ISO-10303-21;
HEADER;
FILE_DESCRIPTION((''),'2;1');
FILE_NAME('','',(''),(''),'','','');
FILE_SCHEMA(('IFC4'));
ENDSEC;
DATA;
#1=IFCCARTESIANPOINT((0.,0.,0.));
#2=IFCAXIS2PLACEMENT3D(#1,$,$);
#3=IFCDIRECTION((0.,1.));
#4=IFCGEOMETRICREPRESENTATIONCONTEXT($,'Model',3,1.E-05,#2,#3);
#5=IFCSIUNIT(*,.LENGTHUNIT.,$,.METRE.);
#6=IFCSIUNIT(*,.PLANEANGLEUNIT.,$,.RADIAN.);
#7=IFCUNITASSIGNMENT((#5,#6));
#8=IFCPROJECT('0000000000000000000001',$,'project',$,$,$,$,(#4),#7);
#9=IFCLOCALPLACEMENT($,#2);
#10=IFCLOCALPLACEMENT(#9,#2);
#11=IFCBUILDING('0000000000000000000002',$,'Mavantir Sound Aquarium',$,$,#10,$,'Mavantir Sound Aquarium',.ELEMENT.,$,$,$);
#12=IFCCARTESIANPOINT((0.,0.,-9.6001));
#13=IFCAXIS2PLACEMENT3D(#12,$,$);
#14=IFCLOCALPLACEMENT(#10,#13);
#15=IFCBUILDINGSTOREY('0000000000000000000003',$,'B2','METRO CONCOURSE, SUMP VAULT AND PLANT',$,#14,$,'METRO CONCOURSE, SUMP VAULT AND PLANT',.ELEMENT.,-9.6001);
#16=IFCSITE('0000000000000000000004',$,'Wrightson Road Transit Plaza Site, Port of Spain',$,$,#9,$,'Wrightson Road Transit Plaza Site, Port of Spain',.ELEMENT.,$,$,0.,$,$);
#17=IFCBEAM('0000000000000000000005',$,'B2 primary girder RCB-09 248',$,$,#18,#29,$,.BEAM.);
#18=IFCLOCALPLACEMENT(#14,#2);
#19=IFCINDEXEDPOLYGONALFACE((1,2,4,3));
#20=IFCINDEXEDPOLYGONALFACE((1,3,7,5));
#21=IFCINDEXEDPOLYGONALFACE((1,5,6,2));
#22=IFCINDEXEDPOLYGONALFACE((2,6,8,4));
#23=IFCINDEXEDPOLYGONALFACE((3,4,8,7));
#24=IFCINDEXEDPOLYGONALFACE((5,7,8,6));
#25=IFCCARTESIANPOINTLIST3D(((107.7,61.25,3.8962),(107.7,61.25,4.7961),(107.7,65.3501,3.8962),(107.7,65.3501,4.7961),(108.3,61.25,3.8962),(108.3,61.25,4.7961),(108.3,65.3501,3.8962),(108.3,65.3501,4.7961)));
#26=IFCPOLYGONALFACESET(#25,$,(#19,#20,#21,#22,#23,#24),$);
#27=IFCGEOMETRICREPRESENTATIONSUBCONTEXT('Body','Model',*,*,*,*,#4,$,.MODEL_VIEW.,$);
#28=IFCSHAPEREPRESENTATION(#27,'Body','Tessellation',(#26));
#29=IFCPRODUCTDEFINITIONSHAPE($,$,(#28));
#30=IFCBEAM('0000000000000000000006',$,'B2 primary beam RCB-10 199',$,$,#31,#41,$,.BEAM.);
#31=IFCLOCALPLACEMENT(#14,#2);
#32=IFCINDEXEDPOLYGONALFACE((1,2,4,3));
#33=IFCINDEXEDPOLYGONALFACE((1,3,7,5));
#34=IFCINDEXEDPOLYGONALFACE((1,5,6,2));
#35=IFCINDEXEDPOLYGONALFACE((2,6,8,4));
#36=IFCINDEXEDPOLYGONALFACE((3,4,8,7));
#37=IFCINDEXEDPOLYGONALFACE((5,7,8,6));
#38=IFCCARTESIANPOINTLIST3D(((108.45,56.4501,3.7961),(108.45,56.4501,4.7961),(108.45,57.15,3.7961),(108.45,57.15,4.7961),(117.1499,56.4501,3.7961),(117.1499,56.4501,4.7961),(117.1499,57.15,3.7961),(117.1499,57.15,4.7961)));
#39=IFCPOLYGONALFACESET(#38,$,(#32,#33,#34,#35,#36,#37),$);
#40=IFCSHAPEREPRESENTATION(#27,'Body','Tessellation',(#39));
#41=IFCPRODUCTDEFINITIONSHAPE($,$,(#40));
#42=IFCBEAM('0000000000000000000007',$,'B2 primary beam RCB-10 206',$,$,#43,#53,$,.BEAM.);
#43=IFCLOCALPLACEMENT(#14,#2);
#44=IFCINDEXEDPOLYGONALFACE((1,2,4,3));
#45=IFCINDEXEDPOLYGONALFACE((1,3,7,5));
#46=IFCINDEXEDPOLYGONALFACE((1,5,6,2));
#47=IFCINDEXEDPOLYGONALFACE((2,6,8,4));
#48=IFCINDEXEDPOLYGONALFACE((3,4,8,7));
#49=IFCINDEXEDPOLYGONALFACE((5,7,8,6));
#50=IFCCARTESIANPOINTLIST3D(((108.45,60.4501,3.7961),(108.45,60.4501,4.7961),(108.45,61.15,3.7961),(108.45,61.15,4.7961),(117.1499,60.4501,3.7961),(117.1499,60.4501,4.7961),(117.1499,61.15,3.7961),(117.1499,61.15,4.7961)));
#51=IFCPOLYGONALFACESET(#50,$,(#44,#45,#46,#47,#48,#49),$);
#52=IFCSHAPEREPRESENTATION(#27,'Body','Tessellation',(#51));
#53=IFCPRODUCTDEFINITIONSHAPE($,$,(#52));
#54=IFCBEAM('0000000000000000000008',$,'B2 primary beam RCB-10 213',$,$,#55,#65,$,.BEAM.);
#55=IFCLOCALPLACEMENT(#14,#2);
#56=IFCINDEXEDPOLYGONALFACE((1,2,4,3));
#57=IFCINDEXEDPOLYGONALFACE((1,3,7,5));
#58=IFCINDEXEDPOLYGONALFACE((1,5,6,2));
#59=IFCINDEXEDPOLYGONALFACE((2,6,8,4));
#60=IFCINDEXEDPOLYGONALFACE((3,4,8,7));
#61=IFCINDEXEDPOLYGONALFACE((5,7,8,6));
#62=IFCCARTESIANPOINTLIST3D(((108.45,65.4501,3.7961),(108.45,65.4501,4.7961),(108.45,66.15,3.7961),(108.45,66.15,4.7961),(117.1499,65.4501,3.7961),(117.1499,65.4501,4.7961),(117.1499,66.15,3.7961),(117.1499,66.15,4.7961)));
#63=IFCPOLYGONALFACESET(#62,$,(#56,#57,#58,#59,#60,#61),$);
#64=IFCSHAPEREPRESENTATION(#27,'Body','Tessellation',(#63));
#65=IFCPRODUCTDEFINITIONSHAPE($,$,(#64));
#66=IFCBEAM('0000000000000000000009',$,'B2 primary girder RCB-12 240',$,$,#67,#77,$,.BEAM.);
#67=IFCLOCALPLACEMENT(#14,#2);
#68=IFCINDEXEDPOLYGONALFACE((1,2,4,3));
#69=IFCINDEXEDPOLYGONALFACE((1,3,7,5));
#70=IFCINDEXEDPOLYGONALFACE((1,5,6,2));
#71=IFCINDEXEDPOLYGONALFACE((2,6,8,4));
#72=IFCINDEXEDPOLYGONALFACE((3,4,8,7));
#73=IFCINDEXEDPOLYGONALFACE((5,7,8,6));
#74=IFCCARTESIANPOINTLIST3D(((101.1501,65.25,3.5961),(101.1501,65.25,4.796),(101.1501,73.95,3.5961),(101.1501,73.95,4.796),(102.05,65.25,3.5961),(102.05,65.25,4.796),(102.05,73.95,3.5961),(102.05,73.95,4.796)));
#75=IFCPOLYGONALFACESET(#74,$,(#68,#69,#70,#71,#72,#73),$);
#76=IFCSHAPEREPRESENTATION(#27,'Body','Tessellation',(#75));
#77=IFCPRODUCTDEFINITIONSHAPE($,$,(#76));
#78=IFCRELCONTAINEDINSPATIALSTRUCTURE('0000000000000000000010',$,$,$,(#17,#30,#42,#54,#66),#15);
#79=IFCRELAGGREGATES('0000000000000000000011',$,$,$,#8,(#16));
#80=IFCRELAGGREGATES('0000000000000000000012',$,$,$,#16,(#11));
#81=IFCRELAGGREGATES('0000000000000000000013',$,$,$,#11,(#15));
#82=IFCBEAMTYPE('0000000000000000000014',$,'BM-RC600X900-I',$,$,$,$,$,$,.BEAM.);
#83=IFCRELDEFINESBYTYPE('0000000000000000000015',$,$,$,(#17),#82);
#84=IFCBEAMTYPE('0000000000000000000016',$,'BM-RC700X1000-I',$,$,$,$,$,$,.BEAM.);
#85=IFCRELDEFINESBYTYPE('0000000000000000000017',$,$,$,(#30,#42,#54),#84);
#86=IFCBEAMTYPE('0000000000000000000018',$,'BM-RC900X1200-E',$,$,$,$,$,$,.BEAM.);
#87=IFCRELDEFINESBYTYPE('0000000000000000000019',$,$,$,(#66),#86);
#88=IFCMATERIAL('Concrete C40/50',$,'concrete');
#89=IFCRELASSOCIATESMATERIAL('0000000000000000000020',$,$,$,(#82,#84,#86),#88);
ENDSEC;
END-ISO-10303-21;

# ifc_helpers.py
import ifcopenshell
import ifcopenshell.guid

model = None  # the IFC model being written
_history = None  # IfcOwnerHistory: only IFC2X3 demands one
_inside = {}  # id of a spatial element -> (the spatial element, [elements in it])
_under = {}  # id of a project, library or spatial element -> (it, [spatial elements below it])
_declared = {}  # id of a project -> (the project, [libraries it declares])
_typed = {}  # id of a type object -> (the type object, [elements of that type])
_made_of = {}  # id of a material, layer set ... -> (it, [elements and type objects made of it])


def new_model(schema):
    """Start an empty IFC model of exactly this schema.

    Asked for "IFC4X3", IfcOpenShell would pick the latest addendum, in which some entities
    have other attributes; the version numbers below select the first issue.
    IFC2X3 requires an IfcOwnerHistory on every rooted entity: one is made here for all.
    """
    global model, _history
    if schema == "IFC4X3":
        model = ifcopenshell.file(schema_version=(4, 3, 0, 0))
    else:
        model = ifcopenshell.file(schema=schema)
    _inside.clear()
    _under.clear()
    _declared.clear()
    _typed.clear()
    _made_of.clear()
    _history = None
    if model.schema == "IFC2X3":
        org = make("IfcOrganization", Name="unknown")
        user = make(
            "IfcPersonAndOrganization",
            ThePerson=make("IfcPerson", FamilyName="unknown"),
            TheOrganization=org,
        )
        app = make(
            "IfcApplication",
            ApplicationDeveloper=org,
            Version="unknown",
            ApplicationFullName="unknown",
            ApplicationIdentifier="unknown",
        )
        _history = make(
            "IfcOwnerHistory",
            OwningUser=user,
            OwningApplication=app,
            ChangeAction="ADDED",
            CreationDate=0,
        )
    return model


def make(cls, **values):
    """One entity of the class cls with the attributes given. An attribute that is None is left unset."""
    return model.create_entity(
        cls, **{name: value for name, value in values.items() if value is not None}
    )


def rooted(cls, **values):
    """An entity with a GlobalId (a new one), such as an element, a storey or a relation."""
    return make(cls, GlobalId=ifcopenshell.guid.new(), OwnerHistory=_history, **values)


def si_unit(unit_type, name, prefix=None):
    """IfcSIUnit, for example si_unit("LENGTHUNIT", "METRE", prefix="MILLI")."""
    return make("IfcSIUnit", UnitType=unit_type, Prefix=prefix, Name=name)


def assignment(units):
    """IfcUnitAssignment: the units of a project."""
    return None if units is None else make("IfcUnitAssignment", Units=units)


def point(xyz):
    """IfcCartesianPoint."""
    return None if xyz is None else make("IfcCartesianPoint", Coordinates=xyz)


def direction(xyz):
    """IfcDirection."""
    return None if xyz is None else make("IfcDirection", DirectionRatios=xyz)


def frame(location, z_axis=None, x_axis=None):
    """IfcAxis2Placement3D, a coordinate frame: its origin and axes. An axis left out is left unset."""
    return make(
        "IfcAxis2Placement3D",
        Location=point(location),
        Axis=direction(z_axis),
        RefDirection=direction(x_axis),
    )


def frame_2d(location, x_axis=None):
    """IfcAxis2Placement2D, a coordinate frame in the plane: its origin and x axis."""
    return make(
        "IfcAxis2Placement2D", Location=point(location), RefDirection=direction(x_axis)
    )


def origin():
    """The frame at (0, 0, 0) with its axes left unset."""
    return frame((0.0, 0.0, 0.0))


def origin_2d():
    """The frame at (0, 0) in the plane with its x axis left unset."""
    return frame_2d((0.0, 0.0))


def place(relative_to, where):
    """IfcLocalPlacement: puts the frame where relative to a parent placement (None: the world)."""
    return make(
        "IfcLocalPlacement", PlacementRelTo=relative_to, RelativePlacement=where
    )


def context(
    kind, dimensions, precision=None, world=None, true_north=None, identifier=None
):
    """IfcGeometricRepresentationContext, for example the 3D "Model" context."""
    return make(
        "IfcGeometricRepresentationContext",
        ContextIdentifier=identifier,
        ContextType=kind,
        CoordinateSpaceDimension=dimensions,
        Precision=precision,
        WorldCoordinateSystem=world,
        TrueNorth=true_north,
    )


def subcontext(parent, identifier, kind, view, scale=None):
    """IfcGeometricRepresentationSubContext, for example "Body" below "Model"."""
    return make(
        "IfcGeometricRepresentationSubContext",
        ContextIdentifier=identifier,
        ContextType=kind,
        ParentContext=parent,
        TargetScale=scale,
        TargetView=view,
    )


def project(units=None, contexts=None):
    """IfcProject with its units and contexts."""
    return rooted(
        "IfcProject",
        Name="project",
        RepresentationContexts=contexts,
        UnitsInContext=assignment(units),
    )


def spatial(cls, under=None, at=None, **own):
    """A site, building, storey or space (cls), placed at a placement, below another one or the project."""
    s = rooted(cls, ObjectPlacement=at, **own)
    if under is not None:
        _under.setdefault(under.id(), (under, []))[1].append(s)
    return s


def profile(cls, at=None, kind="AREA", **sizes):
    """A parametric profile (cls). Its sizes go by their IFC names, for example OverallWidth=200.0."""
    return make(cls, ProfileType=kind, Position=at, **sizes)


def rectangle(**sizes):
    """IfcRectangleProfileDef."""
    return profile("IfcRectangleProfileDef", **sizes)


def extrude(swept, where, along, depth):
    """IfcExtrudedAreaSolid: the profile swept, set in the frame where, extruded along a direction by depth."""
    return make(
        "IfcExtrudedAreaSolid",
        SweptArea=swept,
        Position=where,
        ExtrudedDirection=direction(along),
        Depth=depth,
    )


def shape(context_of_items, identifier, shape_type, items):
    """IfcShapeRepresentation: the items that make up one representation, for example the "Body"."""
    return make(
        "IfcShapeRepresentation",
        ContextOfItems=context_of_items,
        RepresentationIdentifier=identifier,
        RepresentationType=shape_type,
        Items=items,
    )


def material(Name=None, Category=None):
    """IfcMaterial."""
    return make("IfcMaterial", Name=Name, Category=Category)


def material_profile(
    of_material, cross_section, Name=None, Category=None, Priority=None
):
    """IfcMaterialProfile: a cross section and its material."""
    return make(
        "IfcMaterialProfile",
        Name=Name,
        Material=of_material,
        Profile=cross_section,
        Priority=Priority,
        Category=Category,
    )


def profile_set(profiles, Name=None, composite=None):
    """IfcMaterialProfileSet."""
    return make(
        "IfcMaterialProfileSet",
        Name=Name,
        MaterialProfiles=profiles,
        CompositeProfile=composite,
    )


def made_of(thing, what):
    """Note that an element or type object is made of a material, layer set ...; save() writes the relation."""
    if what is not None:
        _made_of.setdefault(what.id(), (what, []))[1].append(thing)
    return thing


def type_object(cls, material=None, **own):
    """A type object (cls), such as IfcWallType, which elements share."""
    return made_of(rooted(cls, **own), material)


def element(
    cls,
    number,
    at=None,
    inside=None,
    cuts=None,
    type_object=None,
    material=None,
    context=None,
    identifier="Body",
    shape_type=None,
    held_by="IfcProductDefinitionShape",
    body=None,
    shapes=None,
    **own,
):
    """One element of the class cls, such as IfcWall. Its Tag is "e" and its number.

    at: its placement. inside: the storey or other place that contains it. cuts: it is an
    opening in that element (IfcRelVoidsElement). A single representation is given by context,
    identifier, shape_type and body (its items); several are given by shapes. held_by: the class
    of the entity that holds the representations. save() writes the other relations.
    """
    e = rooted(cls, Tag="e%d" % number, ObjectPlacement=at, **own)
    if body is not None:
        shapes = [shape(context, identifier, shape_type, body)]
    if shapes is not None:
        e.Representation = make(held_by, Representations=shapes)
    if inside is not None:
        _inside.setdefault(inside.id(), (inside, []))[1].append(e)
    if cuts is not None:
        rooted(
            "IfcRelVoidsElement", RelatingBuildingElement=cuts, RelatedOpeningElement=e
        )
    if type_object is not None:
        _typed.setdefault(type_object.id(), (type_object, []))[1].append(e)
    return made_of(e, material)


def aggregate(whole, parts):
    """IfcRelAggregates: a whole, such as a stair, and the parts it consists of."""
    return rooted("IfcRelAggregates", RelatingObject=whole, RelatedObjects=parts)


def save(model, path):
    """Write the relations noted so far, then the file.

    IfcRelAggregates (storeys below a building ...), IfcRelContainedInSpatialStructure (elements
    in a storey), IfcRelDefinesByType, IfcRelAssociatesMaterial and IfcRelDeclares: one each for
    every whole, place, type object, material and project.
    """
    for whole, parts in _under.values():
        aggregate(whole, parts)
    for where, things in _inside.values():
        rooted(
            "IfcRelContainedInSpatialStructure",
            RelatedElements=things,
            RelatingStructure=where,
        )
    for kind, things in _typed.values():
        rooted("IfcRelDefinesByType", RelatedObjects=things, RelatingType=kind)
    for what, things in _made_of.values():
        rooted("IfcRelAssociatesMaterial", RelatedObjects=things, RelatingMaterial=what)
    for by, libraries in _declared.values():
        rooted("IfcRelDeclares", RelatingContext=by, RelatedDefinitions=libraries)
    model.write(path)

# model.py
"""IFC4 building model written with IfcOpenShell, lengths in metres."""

from ifc_helpers import new_model, si_unit, direction, frame, origin, origin_2d, place, context, subcontext, project, spatial, rectangle, extrude, material, material_profile, profile_set, type_object, element, save


model = new_model("IFC4")

# Units and contexts
model_context = context("Model", 3, precision=1e-05, world=origin(), true_north=direction((0.0, 1.0)))
body_context = subcontext(model_context, "Body", "Model", "MODEL_VIEW")
ifc_project = project(units=[si_unit("LENGTHUNIT", "METRE"), si_unit("PLANEANGLEUNIT", "RADIAN")], contexts=[model_context])

# Site, building, storey
site_placement = place(None, origin())
site = spatial("IfcSite", under=ifc_project, at=site_placement, Name="Wrightson Road Transit Plaza Site, Port of Spain", LongName="Wrightson Road Transit Plaza Site, Port of Spain", CompositionType="ELEMENT", RefElevation=0.0)
building_placement = place(site_placement, origin())
building = spatial("IfcBuilding", under=site, at=building_placement, Name="Mavantir Sound Aquarium", LongName="Mavantir Sound Aquarium", CompositionType="ELEMENT")
storey_placement = place(building_placement, frame((0.0, 0.0, -9.6001)))
storey = spatial("IfcBuildingStorey", under=building, at=storey_placement, Name="B2", Description="METRO CONCOURSE, SUMP VAULT AND PLANT", LongName="METRO CONCOURSE, SUMP VAULT AND PLANT", CompositionType="ELEMENT", Elevation=-9.6001)

# Shared definitions
ifc_material = material(Name="Concrete C40/50", Category="concrete")

# Beams
ifc_material_profile_1 = material_profile(ifc_material, rectangle(XDim=0.6001, YDim=0.8999, at=origin_2d()), Name="RC 600X900")
ifc_profile_set_1 = profile_set([ifc_material_profile_1], Name="Concrete C40/50")
beam_type_1 = type_object("IfcBeamType", Name="BM-RC600X900-I", PredefinedType="BEAM", material=ifc_profile_set_1)
beam_1_placement = place(storey_placement, frame((108.0, 61.25, 4.3462), z_axis=(0.0, 1.0, 0.0), x_axis=(-1.0, 0.0, 0.0)))
element("IfcBeam", 1, at=beam_1_placement, inside=storey, type_object=beam_type_1, Name="B2 primary girder RCB-09 248", PredefinedType="BEAM", context=body_context, shape_type="SweptSolid", body=[
    extrude(rectangle(XDim=0.6001, YDim=0.8999, at=origin_2d()), origin(), (0.0, 0.0, 1.0), 4.1001),
])
ifc_material_profile_2 = material_profile(ifc_material, rectangle(XDim=0.7, YDim=1.0, at=origin_2d()), Name="RC 700X1000")
ifc_profile_set_2 = profile_set([ifc_material_profile_2], Name="Concrete C40/50")
beam_type_2 = type_object("IfcBeamType", Name="BM-RC700X1000-I", PredefinedType="BEAM", material=ifc_profile_set_2)
for number, where, z_axis, x_axis, name in (
    (2, (108.45, 56.8, 4.2961), (1.0, 0.0, 0.0), (0.0, 1.0, 0.0), "B2 primary beam RCB-10 199"),
    (3, (108.45, 60.8, 4.2961), (1.0, 0.0, 0.0), (0.0, 1.0, 0.0), "B2 primary beam RCB-10 206"),
    (4, (108.45, 65.8, 4.2961), (1.0, 0.0, 0.0), (0.0, 1.0, 0.0), "B2 primary beam RCB-10 213"),
):
    element("IfcBeam", number, at=place(storey_placement, frame(where, z_axis=z_axis, x_axis=x_axis)), inside=storey, type_object=beam_type_2, Name=name, PredefinedType="BEAM", context=body_context, shape_type="SweptSolid", body=[
        extrude(rectangle(XDim=0.7, YDim=1.0, at=origin_2d()), origin(), (0.0, 0.0, 1.0), 8.7),
    ])
ifc_material_profile_3 = material_profile(ifc_material, rectangle(XDim=0.8999, YDim=1.2, at=origin_2d()), Name="RC 900X1200")
ifc_profile_set_3 = profile_set([ifc_material_profile_3], Name="Concrete C40/50")
beam_type_3 = type_object("IfcBeamType", Name="BM-RC900X1200-E", PredefinedType="BEAM", material=ifc_profile_set_3)
beam_2_placement = place(storey_placement, frame((101.6001, 65.25, 4.196), z_axis=(0.0, 1.0, 0.0), x_axis=(-1.0, 0.0, 0.0)))
element("IfcBeam", 5, at=beam_2_placement, inside=storey, type_object=beam_type_3, Name="B2 primary girder RCB-12 240", PredefinedType="BEAM", context=body_context, shape_type="SweptSolid", body=[
    extrude(rectangle(XDim=0.8999, YDim=1.2, at=origin_2d()), origin(), (0.0, 0.0, 1.0), 8.7),
])

save(model, "model.ifc")
